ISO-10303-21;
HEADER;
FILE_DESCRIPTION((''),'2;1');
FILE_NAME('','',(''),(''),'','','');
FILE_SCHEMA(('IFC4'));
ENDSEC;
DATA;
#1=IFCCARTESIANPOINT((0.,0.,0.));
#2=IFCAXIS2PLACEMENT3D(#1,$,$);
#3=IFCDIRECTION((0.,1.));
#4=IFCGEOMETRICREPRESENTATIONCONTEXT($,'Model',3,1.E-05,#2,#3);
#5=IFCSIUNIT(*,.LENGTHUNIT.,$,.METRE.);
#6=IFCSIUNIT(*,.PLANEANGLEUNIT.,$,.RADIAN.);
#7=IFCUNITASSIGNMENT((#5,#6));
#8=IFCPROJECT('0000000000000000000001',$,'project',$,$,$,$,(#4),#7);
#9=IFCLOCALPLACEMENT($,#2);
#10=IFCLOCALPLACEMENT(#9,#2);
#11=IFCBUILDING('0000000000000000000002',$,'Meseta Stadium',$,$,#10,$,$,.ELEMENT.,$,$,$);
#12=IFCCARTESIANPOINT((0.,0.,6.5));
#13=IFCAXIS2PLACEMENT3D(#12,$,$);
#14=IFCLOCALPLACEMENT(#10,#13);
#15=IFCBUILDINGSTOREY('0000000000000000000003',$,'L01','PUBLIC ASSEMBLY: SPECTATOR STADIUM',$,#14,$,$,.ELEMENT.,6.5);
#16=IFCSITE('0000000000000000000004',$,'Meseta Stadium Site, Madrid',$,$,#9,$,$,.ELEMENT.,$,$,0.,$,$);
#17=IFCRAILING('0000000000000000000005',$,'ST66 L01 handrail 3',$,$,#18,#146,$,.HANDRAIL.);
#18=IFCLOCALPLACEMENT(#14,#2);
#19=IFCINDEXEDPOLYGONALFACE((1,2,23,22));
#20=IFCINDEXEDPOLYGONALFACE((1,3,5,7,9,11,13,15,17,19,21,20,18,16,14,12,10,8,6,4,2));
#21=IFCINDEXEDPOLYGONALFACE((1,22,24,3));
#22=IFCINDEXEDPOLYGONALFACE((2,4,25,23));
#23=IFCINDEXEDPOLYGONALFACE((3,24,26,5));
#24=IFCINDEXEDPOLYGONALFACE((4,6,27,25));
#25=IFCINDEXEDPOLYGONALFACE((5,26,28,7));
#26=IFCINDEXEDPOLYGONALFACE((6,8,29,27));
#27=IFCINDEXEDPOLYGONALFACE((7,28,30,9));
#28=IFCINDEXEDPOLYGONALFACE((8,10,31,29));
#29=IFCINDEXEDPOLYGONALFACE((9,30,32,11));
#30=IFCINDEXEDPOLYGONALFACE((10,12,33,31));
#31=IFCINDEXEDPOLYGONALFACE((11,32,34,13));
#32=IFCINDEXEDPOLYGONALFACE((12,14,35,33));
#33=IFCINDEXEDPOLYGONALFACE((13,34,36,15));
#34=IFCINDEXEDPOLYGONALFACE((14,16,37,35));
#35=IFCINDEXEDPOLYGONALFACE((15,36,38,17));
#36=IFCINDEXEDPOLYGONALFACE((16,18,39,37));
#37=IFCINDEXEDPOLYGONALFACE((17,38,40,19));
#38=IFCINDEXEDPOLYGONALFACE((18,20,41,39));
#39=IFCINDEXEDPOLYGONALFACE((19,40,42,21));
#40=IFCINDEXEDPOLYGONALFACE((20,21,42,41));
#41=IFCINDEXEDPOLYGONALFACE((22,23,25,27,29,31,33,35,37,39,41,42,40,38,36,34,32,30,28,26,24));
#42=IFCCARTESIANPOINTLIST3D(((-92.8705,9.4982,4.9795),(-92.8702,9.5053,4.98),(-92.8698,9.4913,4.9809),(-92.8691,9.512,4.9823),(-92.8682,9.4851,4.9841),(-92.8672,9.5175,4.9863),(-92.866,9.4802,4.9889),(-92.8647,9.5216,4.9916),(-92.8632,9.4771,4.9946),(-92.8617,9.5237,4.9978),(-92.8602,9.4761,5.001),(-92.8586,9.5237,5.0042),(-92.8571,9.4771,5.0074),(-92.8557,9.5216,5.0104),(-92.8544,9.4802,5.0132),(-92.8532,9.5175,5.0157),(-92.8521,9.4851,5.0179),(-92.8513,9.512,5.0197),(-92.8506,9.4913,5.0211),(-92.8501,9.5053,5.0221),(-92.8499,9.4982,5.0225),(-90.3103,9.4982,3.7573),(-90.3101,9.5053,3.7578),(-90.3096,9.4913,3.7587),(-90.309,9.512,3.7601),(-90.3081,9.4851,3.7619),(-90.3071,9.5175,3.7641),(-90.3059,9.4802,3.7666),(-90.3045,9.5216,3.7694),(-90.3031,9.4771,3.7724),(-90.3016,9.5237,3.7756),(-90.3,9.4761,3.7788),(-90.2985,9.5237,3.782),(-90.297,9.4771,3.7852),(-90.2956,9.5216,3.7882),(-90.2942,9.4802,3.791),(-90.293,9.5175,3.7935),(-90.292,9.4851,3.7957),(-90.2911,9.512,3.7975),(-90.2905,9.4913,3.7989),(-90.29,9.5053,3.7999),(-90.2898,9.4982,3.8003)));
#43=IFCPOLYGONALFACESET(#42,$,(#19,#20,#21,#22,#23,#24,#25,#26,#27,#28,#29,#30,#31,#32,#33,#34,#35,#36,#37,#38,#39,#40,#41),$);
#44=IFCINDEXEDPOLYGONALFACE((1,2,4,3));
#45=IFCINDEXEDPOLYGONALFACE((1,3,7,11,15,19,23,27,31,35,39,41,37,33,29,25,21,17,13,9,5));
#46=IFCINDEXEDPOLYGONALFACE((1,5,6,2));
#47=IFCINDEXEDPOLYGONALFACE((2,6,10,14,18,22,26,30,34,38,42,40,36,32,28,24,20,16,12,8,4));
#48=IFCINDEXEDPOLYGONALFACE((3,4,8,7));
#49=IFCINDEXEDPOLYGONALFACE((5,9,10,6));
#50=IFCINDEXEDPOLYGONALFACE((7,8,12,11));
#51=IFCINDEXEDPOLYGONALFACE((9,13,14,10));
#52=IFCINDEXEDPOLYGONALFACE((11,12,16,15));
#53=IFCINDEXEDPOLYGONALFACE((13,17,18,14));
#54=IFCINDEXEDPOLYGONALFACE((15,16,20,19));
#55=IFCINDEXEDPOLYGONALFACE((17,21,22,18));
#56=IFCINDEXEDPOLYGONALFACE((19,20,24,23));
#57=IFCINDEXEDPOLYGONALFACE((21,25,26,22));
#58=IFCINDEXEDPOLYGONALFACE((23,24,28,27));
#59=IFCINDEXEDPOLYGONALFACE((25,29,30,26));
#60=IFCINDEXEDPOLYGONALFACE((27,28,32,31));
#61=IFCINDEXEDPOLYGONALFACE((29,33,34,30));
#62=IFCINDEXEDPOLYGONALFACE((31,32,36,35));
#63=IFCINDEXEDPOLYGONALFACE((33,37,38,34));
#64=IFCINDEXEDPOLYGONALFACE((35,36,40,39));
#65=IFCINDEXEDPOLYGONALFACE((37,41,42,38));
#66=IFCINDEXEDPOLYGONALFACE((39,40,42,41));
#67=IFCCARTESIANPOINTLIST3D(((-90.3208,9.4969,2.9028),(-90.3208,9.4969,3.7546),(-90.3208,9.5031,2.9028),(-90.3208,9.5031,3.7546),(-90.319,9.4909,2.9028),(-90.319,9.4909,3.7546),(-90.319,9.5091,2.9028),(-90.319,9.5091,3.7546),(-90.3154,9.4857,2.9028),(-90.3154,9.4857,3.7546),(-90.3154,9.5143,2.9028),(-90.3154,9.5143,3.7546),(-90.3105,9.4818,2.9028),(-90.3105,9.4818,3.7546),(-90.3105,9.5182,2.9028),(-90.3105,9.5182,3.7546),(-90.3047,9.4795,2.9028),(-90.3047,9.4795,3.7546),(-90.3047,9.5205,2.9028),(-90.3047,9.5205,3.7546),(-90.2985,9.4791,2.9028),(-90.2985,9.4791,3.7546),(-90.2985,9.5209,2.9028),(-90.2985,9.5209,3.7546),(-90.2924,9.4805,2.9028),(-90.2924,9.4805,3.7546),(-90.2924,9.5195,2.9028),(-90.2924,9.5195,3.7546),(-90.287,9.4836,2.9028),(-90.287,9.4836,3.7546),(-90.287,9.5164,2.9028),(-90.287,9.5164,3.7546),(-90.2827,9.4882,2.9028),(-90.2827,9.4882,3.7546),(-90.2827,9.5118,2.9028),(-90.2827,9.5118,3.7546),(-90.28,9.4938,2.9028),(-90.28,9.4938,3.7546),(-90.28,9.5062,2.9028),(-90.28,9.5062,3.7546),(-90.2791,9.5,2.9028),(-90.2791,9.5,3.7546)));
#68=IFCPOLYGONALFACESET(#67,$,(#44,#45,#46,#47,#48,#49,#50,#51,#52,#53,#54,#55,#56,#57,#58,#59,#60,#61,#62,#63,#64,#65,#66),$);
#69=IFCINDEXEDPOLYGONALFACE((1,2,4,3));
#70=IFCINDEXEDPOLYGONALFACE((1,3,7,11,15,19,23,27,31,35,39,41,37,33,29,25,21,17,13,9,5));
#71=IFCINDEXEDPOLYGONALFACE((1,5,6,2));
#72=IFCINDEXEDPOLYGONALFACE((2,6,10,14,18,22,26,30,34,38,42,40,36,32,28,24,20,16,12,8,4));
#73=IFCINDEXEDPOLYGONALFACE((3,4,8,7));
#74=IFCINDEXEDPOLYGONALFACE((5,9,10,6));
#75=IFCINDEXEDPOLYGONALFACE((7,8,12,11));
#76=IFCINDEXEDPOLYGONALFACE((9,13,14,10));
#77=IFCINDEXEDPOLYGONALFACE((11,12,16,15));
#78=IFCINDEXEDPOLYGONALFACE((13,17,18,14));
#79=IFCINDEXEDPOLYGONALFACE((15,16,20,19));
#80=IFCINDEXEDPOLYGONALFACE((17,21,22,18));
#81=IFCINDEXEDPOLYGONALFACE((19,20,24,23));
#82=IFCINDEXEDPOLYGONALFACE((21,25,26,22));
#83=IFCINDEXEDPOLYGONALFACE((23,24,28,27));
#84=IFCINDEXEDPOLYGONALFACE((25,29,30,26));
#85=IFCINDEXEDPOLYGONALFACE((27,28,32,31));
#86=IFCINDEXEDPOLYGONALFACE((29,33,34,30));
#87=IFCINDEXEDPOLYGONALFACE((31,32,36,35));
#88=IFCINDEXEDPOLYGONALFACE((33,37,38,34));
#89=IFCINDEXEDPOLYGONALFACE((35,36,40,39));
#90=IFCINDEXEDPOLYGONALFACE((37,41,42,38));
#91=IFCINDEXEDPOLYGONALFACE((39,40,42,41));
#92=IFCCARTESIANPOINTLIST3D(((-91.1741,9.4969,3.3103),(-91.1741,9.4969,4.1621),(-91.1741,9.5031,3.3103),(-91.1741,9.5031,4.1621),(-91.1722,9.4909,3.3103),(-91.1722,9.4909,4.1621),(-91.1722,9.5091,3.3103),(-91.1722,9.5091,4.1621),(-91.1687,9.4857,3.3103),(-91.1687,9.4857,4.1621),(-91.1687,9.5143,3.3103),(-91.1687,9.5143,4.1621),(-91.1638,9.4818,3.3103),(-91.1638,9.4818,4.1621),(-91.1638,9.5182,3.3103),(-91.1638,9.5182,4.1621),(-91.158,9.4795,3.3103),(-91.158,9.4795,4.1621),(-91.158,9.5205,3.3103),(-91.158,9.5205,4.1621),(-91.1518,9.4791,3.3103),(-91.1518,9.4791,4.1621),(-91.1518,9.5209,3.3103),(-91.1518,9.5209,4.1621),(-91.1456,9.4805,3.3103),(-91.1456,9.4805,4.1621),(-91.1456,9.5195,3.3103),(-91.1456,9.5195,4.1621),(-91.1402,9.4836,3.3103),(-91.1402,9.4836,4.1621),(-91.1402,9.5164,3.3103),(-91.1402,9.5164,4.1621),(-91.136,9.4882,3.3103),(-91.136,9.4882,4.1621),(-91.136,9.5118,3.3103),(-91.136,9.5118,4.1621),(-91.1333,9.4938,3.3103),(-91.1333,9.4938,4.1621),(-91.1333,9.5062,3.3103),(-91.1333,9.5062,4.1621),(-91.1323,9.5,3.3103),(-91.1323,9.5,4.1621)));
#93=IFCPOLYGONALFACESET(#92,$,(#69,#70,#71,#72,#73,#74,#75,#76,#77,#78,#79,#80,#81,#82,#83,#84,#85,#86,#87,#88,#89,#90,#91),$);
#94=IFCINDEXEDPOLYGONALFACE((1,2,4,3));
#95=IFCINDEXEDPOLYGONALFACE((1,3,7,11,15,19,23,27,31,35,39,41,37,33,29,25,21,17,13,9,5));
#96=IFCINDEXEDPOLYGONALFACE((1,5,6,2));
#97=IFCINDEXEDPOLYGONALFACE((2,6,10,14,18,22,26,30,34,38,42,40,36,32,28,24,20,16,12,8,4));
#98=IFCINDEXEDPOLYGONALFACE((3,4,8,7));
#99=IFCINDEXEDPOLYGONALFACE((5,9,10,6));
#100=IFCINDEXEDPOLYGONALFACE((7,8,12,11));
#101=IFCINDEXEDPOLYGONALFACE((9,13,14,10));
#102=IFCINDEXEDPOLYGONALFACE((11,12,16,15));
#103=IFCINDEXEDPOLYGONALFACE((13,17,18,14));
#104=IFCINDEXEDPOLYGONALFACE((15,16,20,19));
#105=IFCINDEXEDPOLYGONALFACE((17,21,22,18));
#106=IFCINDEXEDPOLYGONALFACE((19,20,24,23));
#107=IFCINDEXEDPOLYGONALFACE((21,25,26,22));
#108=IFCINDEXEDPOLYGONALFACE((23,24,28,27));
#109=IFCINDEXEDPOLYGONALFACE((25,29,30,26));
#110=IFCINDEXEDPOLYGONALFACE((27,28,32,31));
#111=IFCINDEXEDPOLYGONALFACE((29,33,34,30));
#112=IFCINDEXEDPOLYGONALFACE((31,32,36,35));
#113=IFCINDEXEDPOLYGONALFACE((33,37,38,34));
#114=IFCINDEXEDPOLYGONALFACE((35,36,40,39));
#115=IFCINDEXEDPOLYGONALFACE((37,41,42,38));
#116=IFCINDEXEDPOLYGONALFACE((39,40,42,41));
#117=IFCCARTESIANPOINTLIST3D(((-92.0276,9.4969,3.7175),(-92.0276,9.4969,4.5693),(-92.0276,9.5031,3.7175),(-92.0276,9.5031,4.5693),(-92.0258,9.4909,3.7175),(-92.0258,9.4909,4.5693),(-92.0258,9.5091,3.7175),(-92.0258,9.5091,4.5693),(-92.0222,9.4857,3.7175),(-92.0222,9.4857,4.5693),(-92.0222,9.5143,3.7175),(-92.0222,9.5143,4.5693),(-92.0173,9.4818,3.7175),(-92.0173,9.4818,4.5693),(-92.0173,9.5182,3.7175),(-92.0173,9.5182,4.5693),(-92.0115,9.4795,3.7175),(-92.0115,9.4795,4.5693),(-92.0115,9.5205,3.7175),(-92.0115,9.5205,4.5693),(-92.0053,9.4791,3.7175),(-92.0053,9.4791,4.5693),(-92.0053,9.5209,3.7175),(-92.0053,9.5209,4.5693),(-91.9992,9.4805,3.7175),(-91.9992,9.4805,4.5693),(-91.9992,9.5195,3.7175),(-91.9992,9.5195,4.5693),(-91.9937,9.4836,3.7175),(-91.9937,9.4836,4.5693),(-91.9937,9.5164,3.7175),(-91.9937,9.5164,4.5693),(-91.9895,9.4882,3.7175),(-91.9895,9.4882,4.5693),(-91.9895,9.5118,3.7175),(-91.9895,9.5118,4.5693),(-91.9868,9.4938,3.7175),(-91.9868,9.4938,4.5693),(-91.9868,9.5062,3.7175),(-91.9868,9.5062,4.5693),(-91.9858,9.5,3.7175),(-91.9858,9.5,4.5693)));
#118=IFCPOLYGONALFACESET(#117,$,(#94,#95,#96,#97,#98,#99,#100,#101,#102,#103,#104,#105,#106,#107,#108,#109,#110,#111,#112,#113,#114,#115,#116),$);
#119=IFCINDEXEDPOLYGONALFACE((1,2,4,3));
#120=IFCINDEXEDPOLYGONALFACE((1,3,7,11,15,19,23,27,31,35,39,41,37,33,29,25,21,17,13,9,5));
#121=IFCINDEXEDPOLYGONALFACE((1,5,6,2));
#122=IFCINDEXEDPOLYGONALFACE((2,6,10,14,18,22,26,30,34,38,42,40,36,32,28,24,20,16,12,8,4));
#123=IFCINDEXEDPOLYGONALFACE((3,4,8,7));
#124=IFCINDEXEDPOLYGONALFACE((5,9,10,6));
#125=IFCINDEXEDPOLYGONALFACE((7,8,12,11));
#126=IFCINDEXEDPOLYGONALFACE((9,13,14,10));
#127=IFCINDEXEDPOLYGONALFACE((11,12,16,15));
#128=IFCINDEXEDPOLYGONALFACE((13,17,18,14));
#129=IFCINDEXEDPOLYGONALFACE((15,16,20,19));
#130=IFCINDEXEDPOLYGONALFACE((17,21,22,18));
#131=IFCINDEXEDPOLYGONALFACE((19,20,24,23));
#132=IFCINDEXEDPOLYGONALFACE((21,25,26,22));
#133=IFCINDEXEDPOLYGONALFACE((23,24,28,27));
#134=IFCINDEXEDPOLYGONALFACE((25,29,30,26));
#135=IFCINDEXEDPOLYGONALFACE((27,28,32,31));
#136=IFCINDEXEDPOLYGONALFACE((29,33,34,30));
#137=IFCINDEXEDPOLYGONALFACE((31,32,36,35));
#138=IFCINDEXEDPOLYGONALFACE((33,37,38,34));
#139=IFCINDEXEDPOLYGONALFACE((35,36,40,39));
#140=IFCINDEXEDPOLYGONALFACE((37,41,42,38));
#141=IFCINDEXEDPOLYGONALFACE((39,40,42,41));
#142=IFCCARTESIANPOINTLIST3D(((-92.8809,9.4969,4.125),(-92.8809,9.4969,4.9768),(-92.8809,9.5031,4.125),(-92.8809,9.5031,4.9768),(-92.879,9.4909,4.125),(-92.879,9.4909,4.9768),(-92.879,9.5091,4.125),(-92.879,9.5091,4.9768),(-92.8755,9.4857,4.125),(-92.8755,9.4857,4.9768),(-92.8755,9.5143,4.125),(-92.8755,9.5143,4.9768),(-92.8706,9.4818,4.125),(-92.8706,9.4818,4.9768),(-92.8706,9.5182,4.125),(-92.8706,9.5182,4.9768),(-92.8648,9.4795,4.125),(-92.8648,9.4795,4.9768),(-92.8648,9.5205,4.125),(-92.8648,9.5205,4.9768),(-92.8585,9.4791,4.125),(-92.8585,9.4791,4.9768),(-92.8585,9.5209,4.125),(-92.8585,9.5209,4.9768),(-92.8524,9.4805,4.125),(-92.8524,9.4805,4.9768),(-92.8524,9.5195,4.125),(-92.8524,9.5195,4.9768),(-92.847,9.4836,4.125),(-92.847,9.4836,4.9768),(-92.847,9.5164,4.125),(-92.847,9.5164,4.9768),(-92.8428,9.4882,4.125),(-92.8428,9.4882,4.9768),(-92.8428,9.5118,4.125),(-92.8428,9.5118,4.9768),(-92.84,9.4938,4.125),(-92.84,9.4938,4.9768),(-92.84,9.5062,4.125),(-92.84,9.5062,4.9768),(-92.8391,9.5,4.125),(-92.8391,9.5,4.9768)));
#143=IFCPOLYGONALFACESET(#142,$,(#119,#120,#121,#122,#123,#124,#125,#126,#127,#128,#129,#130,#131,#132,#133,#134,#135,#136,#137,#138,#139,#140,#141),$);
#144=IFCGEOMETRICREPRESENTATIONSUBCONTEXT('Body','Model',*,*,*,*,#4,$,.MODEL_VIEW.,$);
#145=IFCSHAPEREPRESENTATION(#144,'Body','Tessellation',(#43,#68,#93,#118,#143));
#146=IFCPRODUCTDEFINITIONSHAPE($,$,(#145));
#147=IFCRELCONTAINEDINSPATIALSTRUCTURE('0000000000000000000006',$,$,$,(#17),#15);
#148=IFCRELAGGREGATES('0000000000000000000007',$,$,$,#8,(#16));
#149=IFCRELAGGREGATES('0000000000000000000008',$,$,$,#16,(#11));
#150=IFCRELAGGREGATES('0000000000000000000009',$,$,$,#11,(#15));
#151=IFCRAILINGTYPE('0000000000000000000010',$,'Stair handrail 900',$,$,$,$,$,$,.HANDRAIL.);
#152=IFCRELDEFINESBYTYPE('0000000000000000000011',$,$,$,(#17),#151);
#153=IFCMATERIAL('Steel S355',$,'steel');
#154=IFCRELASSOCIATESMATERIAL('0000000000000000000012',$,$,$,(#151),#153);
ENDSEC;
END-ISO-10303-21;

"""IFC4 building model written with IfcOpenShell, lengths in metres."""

from ifc_helpers import new_model, si_unit, direction, frame, origin, origin_2d, place, context, subcontext, project, spatial, circle, extrude, material, type_object, element, save


model = new_model("IFC4")

# Units and contexts
model_context = context("Model", 3, precision=1e-05, world=origin(), true_north=direction((0.0, 1.0)))
body_context = subcontext(model_context, "Body", "Model", "MODEL_VIEW")
ifc_project = project(units=[si_unit("LENGTHUNIT", "METRE"), si_unit("PLANEANGLEUNIT", "RADIAN")], contexts=[model_context])

# Site, building, storey
site_placement = place(None, origin())
site = spatial("IfcSite", under=ifc_project, at=site_placement, Name="Meseta Stadium Site, Madrid", CompositionType="ELEMENT", RefElevation=0.0)
building_placement = place(site_placement, origin())
building = spatial("IfcBuilding", under=site, at=building_placement, Name="Meseta Stadium", CompositionType="ELEMENT")
storey_placement = place(building_placement, frame((0.0, 0.0, 6.5)))
storey = spatial("IfcBuildingStorey", under=building, at=storey_placement, Name="L01", Description="PUBLIC ASSEMBLY: SPECTATOR STADIUM", CompositionType="ELEMENT", Elevation=6.5)

# Railing
ifc_material_1 = material(Name="Steel S355", Category="steel")
railing_type_1 = type_object("IfcRailingType", Name="Stair handrail 900", PredefinedType="HANDRAIL", material=ifc_material_1)
railing_1_placement = place(storey_placement, frame((-90.3, 9.5, 2.9028)))
element("IfcRailing", 1, at=railing_1_placement, inside=storey, type_object=railing_type_1, Name="ST66 L01 handrail 3", PredefinedType="HANDRAIL", context=body_context, shape_type="SweptSolid", body=[
    extrude(circle(Radius=0.0239, at=origin_2d()), frame((0.0, 0.0, 0.876), z_axis=(-0.902437, 0.0, 0.430822), x_axis=(0.0, -1.0, 0.0)), (0.0, 0.0, 1.0), 2.8369),
    extrude(circle(Radius=0.021, at=origin_2d()), origin(), (0.0, 0.0, 1.0), 0.8518),
    extrude(circle(Radius=0.021, at=origin_2d()), frame((-0.8533, 0.0, 0.4075)), (0.0, 0.0, 1.0), 0.8518),
    extrude(circle(Radius=0.021, at=origin_2d()), frame((-1.7068, 0.0, 0.8147)), (0.0, 0.0, 1.0), 0.8518),
    extrude(circle(Radius=0.021, at=origin_2d()), frame((-2.5601, 0.0, 1.2222)), (0.0, 0.0, 1.0), 0.8518),
])

save(model, "model.ifc")
